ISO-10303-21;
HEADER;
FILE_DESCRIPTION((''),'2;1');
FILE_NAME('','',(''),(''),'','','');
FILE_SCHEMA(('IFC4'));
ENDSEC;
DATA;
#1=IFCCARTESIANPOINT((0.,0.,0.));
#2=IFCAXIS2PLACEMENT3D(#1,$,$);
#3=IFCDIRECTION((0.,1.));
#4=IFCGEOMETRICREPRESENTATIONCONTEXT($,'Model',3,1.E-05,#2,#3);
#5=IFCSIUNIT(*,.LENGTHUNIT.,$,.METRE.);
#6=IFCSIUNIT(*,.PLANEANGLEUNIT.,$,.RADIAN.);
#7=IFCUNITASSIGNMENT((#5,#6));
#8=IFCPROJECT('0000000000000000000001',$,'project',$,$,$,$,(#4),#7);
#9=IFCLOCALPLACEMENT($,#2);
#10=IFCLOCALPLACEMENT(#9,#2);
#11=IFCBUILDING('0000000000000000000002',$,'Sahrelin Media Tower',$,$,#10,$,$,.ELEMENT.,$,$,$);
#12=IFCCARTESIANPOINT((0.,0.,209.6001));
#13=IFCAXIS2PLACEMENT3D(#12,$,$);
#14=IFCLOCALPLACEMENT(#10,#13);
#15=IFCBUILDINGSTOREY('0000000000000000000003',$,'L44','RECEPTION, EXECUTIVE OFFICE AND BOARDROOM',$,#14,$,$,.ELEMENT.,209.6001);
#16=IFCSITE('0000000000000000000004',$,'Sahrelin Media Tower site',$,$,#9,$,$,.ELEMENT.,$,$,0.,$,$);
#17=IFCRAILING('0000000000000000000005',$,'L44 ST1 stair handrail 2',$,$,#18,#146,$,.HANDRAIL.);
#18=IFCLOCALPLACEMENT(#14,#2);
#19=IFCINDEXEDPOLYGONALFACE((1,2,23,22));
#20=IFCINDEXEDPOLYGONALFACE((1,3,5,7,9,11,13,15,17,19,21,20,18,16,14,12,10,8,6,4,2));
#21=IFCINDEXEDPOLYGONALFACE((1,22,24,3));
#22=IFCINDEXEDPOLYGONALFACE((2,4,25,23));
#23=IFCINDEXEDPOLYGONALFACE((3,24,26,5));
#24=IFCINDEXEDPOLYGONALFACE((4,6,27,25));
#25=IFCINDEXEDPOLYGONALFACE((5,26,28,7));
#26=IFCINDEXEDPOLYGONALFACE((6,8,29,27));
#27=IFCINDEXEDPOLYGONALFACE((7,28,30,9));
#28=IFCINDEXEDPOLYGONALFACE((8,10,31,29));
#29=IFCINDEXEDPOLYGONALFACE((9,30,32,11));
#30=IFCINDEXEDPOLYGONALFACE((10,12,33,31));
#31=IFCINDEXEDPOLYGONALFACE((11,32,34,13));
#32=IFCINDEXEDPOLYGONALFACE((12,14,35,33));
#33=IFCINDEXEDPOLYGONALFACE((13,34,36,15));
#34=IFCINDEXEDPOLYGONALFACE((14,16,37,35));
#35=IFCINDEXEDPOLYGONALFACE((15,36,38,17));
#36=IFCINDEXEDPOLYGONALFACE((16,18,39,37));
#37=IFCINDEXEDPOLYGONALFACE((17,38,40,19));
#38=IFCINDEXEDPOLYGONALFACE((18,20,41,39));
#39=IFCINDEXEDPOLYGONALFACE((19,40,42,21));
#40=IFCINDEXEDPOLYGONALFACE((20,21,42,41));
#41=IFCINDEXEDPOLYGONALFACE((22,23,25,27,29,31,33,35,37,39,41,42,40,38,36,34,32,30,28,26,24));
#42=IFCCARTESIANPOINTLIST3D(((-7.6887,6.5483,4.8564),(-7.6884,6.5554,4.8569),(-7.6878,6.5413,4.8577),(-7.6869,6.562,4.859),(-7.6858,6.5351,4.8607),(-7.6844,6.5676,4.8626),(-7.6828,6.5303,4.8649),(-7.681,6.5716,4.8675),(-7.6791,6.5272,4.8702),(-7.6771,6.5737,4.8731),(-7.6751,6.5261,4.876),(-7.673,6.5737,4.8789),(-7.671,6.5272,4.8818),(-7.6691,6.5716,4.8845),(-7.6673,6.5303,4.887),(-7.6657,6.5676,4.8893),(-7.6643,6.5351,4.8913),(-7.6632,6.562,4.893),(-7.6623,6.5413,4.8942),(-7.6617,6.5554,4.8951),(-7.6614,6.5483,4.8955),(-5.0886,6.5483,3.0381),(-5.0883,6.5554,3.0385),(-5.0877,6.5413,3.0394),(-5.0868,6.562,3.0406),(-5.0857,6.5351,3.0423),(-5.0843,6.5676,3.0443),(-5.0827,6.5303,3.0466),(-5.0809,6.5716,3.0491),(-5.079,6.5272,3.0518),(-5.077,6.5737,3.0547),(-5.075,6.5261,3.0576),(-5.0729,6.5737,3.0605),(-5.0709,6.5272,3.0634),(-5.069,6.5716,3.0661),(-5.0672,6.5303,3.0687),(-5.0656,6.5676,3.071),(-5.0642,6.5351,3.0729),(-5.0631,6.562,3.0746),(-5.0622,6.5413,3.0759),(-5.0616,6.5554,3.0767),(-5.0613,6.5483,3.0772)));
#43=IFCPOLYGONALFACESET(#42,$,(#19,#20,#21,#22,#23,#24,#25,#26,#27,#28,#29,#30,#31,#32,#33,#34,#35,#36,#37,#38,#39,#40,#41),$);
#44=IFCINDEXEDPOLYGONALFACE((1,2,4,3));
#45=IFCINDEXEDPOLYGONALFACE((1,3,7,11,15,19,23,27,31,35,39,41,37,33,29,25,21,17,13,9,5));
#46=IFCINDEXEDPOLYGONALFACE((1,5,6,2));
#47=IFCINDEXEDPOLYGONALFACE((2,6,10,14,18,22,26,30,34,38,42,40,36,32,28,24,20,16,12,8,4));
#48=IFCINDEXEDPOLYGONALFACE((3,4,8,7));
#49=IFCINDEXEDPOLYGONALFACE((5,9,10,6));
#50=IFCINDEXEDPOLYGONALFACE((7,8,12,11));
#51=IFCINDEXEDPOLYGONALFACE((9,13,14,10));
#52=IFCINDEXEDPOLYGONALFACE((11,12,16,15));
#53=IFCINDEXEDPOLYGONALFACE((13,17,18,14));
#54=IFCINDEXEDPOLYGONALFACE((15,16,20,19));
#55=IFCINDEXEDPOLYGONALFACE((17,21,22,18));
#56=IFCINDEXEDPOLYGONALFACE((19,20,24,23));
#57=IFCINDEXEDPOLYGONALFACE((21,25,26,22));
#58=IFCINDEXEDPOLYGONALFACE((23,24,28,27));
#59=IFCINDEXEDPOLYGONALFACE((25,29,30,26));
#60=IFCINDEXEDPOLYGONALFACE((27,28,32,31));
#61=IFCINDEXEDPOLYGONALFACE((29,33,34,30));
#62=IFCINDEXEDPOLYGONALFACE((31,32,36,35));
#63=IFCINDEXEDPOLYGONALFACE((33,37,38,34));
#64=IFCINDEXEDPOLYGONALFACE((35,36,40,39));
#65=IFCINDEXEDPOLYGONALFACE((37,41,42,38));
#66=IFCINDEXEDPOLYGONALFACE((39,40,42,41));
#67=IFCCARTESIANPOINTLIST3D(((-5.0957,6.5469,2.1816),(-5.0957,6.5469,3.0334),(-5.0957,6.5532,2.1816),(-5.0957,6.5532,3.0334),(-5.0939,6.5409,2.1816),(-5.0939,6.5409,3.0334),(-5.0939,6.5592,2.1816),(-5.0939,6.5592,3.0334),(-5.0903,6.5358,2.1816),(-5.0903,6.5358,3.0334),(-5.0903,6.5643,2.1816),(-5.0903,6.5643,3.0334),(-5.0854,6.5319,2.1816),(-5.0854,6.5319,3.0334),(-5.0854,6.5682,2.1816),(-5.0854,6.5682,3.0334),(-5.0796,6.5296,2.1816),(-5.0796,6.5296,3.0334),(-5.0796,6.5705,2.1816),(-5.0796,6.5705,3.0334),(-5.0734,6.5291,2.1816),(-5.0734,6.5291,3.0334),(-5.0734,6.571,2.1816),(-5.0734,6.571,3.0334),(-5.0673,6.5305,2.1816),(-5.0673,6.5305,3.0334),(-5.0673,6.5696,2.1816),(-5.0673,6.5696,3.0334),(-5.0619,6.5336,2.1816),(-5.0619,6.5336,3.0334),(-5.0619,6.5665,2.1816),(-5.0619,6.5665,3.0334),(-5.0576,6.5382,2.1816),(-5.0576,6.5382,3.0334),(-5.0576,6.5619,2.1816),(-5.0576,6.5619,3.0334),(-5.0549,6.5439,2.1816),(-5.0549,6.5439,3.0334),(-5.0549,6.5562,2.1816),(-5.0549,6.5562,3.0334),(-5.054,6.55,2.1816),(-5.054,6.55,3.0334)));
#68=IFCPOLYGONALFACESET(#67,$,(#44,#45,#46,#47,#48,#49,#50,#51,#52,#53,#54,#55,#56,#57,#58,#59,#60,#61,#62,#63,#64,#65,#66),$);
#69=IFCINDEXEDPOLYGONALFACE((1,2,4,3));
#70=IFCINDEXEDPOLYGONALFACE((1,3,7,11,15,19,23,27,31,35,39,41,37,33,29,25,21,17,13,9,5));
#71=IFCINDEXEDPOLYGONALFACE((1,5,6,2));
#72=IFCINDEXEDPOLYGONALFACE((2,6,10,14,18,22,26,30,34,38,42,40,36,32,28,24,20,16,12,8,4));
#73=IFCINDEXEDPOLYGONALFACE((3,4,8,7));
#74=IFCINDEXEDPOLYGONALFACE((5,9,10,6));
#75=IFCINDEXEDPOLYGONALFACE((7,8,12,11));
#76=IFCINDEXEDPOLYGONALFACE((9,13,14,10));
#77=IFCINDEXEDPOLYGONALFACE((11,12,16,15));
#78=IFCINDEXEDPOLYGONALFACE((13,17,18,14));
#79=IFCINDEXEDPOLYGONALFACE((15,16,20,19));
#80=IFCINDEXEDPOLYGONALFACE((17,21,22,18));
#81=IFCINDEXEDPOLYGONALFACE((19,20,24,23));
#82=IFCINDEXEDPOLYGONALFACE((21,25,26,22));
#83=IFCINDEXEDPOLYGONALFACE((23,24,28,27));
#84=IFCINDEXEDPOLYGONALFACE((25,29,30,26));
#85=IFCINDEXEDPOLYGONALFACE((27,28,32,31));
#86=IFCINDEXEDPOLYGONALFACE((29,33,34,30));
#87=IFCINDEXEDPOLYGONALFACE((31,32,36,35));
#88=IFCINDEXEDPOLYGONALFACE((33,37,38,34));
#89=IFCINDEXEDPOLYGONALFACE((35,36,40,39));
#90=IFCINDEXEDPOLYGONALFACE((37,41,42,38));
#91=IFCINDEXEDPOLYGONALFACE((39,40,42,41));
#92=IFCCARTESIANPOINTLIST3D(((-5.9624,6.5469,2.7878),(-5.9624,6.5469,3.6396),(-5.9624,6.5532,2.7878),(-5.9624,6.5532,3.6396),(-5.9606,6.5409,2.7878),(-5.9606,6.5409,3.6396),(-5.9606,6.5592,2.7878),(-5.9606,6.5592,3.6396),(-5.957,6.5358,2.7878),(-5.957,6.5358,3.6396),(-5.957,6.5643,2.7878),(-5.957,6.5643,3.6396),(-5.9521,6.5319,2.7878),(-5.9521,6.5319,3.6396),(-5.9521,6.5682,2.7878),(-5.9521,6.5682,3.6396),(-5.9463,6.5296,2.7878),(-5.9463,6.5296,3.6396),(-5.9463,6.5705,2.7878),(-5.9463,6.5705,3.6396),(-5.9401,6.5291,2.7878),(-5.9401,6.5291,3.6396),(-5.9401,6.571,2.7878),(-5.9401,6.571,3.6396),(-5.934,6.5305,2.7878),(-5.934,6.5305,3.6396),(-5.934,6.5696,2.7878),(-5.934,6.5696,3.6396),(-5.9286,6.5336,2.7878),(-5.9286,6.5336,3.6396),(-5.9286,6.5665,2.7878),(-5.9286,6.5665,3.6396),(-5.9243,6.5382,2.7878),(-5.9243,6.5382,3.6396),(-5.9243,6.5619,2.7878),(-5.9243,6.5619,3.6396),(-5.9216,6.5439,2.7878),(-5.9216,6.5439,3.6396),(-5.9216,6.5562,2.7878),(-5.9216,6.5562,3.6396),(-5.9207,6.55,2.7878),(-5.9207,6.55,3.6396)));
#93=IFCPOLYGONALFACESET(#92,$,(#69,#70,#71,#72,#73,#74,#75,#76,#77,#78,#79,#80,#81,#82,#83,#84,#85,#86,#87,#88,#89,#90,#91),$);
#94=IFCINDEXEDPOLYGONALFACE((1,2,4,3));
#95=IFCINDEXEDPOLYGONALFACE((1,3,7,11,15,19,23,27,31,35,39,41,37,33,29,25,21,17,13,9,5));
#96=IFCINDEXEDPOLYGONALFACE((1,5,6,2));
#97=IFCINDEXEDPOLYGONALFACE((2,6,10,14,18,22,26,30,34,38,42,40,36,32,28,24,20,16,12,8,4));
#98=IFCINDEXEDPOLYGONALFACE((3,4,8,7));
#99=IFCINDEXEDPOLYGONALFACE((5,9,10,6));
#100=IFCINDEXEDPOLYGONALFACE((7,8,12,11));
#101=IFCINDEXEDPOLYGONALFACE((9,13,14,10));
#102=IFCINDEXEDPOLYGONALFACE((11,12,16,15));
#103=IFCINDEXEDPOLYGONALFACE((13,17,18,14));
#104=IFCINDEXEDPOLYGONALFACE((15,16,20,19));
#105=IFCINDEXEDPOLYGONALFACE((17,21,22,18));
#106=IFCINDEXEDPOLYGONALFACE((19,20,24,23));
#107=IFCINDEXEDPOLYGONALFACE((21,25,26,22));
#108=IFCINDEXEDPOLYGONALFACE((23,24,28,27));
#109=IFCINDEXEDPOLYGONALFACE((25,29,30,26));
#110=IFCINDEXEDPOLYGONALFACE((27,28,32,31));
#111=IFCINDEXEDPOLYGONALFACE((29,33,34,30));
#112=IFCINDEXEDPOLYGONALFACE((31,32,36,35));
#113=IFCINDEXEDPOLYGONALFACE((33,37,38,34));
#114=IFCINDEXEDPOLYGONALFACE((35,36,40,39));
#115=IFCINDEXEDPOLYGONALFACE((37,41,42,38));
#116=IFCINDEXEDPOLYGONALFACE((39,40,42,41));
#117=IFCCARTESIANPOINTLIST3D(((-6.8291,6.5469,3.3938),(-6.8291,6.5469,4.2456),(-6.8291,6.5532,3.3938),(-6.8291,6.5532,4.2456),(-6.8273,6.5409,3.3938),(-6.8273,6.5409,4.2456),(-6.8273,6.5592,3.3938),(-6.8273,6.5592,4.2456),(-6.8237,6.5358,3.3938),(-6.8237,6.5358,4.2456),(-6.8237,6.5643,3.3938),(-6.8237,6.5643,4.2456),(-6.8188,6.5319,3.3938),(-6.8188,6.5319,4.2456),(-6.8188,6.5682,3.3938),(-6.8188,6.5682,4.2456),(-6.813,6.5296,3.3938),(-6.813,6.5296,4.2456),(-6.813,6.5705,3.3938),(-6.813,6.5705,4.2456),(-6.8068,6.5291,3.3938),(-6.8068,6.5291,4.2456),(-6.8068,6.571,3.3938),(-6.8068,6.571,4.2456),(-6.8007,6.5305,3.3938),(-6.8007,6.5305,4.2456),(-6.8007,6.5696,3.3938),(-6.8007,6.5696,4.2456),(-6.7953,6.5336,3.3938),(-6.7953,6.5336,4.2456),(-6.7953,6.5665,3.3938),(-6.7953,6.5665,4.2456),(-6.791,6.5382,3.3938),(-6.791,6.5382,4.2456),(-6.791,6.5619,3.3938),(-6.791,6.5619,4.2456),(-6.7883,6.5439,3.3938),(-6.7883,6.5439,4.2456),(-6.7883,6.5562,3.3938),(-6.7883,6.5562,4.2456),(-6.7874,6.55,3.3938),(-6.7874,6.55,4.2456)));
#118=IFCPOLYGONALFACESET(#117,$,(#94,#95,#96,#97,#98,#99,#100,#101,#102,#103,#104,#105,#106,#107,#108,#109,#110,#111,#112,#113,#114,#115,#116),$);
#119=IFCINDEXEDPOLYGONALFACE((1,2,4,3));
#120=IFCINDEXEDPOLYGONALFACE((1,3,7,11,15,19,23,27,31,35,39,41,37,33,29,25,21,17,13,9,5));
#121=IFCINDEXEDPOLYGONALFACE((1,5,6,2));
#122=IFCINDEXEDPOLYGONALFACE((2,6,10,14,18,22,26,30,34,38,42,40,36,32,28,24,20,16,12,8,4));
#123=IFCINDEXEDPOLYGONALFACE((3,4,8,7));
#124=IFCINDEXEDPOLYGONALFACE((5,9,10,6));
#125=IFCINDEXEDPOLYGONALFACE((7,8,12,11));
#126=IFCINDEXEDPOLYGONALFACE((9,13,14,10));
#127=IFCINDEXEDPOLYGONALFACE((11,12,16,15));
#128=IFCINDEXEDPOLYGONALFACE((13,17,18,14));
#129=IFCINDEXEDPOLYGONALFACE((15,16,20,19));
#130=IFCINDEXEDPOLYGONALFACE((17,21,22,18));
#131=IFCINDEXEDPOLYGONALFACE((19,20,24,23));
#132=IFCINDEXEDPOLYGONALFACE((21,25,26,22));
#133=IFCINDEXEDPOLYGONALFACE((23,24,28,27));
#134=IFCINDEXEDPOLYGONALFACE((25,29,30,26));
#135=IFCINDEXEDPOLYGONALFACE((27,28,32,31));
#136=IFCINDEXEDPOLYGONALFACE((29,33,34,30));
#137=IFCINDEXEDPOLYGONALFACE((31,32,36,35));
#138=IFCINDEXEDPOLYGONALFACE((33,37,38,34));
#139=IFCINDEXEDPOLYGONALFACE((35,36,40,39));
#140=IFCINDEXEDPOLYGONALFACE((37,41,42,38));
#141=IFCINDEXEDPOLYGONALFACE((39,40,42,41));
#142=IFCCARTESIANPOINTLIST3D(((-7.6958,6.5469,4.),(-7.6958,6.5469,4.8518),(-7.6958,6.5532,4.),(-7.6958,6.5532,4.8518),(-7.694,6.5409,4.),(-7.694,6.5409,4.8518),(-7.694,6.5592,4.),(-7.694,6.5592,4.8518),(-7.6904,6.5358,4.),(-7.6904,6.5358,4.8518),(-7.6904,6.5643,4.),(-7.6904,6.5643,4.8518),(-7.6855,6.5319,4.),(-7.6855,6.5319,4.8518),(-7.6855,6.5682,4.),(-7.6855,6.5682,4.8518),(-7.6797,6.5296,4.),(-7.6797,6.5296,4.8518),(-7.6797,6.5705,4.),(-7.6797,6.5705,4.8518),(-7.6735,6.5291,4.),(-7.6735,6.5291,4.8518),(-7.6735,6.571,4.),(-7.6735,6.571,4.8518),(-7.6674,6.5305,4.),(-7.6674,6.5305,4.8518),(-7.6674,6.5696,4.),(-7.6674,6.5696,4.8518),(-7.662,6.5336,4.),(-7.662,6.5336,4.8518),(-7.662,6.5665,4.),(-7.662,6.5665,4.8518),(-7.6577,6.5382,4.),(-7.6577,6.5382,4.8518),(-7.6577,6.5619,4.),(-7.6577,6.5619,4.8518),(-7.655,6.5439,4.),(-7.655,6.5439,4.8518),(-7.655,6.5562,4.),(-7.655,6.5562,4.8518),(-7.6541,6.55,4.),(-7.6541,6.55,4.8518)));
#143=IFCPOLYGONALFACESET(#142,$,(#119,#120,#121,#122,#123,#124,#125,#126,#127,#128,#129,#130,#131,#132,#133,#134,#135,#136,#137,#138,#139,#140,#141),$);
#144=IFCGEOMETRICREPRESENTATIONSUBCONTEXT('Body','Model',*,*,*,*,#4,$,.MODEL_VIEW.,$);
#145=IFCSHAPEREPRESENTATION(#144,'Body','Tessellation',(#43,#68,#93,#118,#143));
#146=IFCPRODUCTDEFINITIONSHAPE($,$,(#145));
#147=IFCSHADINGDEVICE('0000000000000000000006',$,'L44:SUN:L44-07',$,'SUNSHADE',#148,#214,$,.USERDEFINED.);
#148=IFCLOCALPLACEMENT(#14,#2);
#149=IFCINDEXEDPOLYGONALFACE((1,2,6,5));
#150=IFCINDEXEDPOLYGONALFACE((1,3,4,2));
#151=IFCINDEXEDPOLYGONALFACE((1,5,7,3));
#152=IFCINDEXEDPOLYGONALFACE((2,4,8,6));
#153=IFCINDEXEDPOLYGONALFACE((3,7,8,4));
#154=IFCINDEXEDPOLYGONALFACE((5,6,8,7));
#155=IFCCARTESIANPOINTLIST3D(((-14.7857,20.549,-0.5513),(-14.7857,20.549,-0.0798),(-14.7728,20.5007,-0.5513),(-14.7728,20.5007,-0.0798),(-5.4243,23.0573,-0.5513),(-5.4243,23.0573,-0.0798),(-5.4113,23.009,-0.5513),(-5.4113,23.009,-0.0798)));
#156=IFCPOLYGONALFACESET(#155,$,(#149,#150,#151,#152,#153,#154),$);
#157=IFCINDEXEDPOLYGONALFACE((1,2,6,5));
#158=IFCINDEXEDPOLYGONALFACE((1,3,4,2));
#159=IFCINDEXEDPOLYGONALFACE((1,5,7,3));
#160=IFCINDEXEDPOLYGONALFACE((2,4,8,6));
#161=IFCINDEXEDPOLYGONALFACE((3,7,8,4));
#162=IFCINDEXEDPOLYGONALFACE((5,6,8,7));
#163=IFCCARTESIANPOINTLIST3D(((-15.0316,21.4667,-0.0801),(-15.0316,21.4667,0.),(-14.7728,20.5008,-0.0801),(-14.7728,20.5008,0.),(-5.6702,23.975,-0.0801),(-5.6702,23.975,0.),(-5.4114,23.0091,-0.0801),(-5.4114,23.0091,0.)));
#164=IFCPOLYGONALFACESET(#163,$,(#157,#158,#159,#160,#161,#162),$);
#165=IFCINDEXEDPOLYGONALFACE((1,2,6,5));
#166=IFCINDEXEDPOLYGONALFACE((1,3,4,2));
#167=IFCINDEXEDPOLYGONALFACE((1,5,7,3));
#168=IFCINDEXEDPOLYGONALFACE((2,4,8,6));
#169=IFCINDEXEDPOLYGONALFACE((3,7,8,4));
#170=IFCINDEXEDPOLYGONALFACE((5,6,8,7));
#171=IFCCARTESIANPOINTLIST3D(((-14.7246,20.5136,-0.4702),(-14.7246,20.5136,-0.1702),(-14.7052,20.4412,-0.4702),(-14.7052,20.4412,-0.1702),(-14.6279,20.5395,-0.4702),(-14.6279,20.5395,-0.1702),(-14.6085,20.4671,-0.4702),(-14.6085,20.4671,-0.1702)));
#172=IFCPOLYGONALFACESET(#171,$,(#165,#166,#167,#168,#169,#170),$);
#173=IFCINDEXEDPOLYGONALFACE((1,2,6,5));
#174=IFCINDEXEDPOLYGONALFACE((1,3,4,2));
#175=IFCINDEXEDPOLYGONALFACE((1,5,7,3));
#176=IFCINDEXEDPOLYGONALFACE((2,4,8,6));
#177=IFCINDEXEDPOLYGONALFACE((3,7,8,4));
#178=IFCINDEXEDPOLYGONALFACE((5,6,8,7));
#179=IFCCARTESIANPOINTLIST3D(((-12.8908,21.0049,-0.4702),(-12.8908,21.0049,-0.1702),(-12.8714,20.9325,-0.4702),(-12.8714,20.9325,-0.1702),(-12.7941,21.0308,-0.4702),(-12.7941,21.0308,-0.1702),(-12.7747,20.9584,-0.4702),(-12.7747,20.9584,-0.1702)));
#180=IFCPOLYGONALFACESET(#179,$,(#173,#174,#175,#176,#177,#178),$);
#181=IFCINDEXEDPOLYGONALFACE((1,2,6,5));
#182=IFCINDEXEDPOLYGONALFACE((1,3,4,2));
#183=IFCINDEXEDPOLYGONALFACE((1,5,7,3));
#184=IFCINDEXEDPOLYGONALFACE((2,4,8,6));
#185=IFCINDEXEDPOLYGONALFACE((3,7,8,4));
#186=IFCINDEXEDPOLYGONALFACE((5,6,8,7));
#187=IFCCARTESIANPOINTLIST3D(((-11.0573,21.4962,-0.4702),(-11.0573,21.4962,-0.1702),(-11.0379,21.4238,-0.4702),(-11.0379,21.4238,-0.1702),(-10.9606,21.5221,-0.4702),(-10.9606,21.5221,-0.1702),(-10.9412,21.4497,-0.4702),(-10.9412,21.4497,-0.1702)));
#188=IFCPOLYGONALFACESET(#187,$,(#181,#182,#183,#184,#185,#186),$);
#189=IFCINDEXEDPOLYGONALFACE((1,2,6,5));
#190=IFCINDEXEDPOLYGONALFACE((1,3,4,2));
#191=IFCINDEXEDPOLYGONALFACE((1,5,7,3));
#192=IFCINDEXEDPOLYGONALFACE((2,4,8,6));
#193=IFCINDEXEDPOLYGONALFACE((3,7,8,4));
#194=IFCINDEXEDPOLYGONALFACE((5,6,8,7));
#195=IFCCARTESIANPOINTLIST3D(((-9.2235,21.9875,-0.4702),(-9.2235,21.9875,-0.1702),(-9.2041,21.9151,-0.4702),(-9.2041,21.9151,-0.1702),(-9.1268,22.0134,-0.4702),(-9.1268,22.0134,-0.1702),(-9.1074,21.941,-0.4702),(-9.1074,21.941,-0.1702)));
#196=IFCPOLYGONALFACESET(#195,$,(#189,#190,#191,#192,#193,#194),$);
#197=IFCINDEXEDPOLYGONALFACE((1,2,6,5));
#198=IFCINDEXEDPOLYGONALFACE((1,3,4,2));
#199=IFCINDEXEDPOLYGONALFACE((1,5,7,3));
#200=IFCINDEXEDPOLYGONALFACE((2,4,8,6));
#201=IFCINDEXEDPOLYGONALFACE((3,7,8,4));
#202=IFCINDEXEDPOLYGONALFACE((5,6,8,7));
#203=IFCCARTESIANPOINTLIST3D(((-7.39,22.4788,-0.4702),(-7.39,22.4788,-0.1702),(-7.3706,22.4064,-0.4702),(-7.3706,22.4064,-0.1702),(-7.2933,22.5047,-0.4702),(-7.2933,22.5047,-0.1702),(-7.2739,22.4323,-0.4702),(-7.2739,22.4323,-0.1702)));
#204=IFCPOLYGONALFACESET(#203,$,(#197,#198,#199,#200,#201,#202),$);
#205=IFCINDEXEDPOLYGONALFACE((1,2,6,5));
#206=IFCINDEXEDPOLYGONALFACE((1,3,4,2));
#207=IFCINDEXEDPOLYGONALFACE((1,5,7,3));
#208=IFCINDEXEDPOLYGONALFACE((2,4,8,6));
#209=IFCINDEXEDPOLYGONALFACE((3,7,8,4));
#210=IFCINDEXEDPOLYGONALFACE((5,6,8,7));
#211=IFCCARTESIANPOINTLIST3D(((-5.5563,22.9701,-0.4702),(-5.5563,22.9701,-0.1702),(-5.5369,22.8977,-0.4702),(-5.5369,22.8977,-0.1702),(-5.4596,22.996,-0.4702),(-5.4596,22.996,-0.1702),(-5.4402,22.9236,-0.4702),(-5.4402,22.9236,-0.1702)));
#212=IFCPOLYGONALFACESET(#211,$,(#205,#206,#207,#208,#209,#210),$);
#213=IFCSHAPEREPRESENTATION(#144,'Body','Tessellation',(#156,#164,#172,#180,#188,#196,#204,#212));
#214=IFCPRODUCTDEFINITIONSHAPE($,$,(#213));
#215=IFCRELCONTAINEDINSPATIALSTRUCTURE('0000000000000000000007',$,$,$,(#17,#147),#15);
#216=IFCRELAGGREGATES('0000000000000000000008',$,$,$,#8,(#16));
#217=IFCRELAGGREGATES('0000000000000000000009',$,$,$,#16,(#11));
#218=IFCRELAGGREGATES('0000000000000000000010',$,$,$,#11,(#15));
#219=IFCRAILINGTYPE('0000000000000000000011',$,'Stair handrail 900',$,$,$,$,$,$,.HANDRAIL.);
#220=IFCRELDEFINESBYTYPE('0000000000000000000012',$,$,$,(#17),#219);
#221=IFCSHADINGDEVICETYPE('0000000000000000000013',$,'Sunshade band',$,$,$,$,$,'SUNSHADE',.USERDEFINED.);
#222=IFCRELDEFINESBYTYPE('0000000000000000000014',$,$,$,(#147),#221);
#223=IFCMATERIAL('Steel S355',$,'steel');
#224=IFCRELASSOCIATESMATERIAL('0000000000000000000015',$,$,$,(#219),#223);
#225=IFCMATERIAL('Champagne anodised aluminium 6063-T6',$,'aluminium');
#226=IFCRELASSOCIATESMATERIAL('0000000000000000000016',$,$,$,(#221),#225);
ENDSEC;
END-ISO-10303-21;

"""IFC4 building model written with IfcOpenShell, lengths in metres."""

from ifc_helpers import new_model, si_unit, direction, frame, origin, origin_2d, place, context, subcontext, project, spatial, rectangle, circle, extrude, material, type_object, element, save


model = new_model("IFC4")

# Units and contexts
model_context = context("Model", 3, precision=1e-05, world=origin(), true_north=direction((0.0, 1.0)))
body_context = subcontext(model_context, "Body", "Model", "MODEL_VIEW")
ifc_project = project(units=[si_unit("LENGTHUNIT", "METRE"), si_unit("PLANEANGLEUNIT", "RADIAN")], contexts=[model_context])

# Site, building, storey
site_placement = place(None, origin())
site = spatial("IfcSite", under=ifc_project, at=site_placement, Name="Sahrelin Media Tower site", CompositionType="ELEMENT", RefElevation=0.0)
building_placement = place(site_placement, origin())
building = spatial("IfcBuilding", under=site, at=building_placement, Name="Sahrelin Media Tower", CompositionType="ELEMENT")
storey_placement = place(building_placement, frame((0.0, 0.0, 209.6001)))
storey = spatial("IfcBuildingStorey", under=building, at=storey_placement, Name="L44", Description="RECEPTION, EXECUTIVE OFFICE AND BOARDROOM", CompositionType="ELEMENT", Elevation=209.6001)

# Shared definitions
ifc_material_1 = material(Name="Steel S355", Category="steel")

# Shared definitions
ifc_material_2 = material(Name="Champagne anodised aluminium 6063-T6", Category="aluminium")

# Shared definitions
placement = place(storey_placement, frame((-10.0869, 21.7356, 0.0), z_axis=(0.0, 0.0, 1.0), x_axis=(0.965929, 0.258808, 0.0)))

# Railing
railing_type_1 = type_object("IfcRailingType", Name="Stair handrail 900", PredefinedType="HANDRAIL", material=ifc_material_1)
railing_1_placement = place(storey_placement, frame((-5.075, 6.55, 2.1816)))
element("IfcRailing", 1, at=railing_1_placement, inside=storey, type_object=railing_type_1, Name="L44 ST1 stair handrail 2", PredefinedType="HANDRAIL", context=body_context, shape_type="SweptSolid", body=[
    extrude(circle(Radius=0.0239, at=origin_2d()), frame((0.0, 0.0, 0.876), z_axis=(-0.819485, 0.0, 0.573101), x_axis=(0.0, -1.0, 0.0)), (0.0, 0.0, 1.0), 3.1729),
    extrude(circle(Radius=0.021, at=origin_2d()), origin(), (0.0, 0.0, 1.0), 0.8518),
    extrude(circle(Radius=0.021, at=origin_2d()), frame((-0.8667, 0.0, 0.6062)), (0.0, 0.0, 1.0), 0.8518),
    extrude(circle(Radius=0.021, at=origin_2d()), frame((-1.7334, 0.0, 1.2122)), (0.0, 0.0, 1.0), 0.8518),
    extrude(circle(Radius=0.021, at=origin_2d()), frame((-2.6001, 0.0, 1.8184)), (0.0, 0.0, 1.0), 0.8518),
])

# Shading device
shading_device_type_1 = type_object("IfcShadingDeviceType", Name="Sunshade band", ElementType="SUNSHADE", PredefinedType="USERDEFINED", material=ifc_material_2)
element("IfcShadingDevice", 2, at=placement, inside=storey, type_object=shading_device_type_1, Name="L44:SUN:L44-07", ObjectType="SUNSHADE", PredefinedType="USERDEFINED", context=body_context, shape_type="SweptSolid", body=[
    extrude(rectangle(XDim=9.6917, YDim=0.05, at=origin_2d()), frame((0.0, 0.0449, -0.5513)), (0.0, 0.0, 1.0), 0.4714),
    extrude(rectangle(XDim=9.6917, YDim=1.0, at=origin_2d()), frame((0.0, 0.52, -0.0801)), (0.0, 0.0, 1.0), 0.0801),
    extrude(rectangle(XDim=0.1001, YDim=0.075, at=origin_2d()), frame((-4.7458, -0.0176, -0.4702)), (0.0, 0.0, 1.0), 0.3),
    extrude(rectangle(XDim=0.1001, YDim=0.075, at=origin_2d()), frame((-2.8474, -0.0176, -0.4702)), (0.0, 0.0, 1.0), 0.3),
    extrude(rectangle(XDim=0.1001, YDim=0.075, at=origin_2d()), frame((-0.9492, -0.0176, -0.4702)), (0.0, 0.0, 1.0), 0.3),
    extrude(rectangle(XDim=0.1001, YDim=0.075, at=origin_2d()), frame((0.9492, -0.0176, -0.4702)), (0.0, 0.0, 1.0), 0.3),
    extrude(rectangle(XDim=0.1001, YDim=0.075, at=origin_2d()), frame((2.8474, -0.0176, -0.4702)), (0.0, 0.0, 1.0), 0.3),
    extrude(rectangle(XDim=0.1001, YDim=0.075, at=origin_2d()), frame((4.7458, -0.0176, -0.4702)), (0.0, 0.0, 1.0), 0.3),
])

save(model, "model.ifc")
